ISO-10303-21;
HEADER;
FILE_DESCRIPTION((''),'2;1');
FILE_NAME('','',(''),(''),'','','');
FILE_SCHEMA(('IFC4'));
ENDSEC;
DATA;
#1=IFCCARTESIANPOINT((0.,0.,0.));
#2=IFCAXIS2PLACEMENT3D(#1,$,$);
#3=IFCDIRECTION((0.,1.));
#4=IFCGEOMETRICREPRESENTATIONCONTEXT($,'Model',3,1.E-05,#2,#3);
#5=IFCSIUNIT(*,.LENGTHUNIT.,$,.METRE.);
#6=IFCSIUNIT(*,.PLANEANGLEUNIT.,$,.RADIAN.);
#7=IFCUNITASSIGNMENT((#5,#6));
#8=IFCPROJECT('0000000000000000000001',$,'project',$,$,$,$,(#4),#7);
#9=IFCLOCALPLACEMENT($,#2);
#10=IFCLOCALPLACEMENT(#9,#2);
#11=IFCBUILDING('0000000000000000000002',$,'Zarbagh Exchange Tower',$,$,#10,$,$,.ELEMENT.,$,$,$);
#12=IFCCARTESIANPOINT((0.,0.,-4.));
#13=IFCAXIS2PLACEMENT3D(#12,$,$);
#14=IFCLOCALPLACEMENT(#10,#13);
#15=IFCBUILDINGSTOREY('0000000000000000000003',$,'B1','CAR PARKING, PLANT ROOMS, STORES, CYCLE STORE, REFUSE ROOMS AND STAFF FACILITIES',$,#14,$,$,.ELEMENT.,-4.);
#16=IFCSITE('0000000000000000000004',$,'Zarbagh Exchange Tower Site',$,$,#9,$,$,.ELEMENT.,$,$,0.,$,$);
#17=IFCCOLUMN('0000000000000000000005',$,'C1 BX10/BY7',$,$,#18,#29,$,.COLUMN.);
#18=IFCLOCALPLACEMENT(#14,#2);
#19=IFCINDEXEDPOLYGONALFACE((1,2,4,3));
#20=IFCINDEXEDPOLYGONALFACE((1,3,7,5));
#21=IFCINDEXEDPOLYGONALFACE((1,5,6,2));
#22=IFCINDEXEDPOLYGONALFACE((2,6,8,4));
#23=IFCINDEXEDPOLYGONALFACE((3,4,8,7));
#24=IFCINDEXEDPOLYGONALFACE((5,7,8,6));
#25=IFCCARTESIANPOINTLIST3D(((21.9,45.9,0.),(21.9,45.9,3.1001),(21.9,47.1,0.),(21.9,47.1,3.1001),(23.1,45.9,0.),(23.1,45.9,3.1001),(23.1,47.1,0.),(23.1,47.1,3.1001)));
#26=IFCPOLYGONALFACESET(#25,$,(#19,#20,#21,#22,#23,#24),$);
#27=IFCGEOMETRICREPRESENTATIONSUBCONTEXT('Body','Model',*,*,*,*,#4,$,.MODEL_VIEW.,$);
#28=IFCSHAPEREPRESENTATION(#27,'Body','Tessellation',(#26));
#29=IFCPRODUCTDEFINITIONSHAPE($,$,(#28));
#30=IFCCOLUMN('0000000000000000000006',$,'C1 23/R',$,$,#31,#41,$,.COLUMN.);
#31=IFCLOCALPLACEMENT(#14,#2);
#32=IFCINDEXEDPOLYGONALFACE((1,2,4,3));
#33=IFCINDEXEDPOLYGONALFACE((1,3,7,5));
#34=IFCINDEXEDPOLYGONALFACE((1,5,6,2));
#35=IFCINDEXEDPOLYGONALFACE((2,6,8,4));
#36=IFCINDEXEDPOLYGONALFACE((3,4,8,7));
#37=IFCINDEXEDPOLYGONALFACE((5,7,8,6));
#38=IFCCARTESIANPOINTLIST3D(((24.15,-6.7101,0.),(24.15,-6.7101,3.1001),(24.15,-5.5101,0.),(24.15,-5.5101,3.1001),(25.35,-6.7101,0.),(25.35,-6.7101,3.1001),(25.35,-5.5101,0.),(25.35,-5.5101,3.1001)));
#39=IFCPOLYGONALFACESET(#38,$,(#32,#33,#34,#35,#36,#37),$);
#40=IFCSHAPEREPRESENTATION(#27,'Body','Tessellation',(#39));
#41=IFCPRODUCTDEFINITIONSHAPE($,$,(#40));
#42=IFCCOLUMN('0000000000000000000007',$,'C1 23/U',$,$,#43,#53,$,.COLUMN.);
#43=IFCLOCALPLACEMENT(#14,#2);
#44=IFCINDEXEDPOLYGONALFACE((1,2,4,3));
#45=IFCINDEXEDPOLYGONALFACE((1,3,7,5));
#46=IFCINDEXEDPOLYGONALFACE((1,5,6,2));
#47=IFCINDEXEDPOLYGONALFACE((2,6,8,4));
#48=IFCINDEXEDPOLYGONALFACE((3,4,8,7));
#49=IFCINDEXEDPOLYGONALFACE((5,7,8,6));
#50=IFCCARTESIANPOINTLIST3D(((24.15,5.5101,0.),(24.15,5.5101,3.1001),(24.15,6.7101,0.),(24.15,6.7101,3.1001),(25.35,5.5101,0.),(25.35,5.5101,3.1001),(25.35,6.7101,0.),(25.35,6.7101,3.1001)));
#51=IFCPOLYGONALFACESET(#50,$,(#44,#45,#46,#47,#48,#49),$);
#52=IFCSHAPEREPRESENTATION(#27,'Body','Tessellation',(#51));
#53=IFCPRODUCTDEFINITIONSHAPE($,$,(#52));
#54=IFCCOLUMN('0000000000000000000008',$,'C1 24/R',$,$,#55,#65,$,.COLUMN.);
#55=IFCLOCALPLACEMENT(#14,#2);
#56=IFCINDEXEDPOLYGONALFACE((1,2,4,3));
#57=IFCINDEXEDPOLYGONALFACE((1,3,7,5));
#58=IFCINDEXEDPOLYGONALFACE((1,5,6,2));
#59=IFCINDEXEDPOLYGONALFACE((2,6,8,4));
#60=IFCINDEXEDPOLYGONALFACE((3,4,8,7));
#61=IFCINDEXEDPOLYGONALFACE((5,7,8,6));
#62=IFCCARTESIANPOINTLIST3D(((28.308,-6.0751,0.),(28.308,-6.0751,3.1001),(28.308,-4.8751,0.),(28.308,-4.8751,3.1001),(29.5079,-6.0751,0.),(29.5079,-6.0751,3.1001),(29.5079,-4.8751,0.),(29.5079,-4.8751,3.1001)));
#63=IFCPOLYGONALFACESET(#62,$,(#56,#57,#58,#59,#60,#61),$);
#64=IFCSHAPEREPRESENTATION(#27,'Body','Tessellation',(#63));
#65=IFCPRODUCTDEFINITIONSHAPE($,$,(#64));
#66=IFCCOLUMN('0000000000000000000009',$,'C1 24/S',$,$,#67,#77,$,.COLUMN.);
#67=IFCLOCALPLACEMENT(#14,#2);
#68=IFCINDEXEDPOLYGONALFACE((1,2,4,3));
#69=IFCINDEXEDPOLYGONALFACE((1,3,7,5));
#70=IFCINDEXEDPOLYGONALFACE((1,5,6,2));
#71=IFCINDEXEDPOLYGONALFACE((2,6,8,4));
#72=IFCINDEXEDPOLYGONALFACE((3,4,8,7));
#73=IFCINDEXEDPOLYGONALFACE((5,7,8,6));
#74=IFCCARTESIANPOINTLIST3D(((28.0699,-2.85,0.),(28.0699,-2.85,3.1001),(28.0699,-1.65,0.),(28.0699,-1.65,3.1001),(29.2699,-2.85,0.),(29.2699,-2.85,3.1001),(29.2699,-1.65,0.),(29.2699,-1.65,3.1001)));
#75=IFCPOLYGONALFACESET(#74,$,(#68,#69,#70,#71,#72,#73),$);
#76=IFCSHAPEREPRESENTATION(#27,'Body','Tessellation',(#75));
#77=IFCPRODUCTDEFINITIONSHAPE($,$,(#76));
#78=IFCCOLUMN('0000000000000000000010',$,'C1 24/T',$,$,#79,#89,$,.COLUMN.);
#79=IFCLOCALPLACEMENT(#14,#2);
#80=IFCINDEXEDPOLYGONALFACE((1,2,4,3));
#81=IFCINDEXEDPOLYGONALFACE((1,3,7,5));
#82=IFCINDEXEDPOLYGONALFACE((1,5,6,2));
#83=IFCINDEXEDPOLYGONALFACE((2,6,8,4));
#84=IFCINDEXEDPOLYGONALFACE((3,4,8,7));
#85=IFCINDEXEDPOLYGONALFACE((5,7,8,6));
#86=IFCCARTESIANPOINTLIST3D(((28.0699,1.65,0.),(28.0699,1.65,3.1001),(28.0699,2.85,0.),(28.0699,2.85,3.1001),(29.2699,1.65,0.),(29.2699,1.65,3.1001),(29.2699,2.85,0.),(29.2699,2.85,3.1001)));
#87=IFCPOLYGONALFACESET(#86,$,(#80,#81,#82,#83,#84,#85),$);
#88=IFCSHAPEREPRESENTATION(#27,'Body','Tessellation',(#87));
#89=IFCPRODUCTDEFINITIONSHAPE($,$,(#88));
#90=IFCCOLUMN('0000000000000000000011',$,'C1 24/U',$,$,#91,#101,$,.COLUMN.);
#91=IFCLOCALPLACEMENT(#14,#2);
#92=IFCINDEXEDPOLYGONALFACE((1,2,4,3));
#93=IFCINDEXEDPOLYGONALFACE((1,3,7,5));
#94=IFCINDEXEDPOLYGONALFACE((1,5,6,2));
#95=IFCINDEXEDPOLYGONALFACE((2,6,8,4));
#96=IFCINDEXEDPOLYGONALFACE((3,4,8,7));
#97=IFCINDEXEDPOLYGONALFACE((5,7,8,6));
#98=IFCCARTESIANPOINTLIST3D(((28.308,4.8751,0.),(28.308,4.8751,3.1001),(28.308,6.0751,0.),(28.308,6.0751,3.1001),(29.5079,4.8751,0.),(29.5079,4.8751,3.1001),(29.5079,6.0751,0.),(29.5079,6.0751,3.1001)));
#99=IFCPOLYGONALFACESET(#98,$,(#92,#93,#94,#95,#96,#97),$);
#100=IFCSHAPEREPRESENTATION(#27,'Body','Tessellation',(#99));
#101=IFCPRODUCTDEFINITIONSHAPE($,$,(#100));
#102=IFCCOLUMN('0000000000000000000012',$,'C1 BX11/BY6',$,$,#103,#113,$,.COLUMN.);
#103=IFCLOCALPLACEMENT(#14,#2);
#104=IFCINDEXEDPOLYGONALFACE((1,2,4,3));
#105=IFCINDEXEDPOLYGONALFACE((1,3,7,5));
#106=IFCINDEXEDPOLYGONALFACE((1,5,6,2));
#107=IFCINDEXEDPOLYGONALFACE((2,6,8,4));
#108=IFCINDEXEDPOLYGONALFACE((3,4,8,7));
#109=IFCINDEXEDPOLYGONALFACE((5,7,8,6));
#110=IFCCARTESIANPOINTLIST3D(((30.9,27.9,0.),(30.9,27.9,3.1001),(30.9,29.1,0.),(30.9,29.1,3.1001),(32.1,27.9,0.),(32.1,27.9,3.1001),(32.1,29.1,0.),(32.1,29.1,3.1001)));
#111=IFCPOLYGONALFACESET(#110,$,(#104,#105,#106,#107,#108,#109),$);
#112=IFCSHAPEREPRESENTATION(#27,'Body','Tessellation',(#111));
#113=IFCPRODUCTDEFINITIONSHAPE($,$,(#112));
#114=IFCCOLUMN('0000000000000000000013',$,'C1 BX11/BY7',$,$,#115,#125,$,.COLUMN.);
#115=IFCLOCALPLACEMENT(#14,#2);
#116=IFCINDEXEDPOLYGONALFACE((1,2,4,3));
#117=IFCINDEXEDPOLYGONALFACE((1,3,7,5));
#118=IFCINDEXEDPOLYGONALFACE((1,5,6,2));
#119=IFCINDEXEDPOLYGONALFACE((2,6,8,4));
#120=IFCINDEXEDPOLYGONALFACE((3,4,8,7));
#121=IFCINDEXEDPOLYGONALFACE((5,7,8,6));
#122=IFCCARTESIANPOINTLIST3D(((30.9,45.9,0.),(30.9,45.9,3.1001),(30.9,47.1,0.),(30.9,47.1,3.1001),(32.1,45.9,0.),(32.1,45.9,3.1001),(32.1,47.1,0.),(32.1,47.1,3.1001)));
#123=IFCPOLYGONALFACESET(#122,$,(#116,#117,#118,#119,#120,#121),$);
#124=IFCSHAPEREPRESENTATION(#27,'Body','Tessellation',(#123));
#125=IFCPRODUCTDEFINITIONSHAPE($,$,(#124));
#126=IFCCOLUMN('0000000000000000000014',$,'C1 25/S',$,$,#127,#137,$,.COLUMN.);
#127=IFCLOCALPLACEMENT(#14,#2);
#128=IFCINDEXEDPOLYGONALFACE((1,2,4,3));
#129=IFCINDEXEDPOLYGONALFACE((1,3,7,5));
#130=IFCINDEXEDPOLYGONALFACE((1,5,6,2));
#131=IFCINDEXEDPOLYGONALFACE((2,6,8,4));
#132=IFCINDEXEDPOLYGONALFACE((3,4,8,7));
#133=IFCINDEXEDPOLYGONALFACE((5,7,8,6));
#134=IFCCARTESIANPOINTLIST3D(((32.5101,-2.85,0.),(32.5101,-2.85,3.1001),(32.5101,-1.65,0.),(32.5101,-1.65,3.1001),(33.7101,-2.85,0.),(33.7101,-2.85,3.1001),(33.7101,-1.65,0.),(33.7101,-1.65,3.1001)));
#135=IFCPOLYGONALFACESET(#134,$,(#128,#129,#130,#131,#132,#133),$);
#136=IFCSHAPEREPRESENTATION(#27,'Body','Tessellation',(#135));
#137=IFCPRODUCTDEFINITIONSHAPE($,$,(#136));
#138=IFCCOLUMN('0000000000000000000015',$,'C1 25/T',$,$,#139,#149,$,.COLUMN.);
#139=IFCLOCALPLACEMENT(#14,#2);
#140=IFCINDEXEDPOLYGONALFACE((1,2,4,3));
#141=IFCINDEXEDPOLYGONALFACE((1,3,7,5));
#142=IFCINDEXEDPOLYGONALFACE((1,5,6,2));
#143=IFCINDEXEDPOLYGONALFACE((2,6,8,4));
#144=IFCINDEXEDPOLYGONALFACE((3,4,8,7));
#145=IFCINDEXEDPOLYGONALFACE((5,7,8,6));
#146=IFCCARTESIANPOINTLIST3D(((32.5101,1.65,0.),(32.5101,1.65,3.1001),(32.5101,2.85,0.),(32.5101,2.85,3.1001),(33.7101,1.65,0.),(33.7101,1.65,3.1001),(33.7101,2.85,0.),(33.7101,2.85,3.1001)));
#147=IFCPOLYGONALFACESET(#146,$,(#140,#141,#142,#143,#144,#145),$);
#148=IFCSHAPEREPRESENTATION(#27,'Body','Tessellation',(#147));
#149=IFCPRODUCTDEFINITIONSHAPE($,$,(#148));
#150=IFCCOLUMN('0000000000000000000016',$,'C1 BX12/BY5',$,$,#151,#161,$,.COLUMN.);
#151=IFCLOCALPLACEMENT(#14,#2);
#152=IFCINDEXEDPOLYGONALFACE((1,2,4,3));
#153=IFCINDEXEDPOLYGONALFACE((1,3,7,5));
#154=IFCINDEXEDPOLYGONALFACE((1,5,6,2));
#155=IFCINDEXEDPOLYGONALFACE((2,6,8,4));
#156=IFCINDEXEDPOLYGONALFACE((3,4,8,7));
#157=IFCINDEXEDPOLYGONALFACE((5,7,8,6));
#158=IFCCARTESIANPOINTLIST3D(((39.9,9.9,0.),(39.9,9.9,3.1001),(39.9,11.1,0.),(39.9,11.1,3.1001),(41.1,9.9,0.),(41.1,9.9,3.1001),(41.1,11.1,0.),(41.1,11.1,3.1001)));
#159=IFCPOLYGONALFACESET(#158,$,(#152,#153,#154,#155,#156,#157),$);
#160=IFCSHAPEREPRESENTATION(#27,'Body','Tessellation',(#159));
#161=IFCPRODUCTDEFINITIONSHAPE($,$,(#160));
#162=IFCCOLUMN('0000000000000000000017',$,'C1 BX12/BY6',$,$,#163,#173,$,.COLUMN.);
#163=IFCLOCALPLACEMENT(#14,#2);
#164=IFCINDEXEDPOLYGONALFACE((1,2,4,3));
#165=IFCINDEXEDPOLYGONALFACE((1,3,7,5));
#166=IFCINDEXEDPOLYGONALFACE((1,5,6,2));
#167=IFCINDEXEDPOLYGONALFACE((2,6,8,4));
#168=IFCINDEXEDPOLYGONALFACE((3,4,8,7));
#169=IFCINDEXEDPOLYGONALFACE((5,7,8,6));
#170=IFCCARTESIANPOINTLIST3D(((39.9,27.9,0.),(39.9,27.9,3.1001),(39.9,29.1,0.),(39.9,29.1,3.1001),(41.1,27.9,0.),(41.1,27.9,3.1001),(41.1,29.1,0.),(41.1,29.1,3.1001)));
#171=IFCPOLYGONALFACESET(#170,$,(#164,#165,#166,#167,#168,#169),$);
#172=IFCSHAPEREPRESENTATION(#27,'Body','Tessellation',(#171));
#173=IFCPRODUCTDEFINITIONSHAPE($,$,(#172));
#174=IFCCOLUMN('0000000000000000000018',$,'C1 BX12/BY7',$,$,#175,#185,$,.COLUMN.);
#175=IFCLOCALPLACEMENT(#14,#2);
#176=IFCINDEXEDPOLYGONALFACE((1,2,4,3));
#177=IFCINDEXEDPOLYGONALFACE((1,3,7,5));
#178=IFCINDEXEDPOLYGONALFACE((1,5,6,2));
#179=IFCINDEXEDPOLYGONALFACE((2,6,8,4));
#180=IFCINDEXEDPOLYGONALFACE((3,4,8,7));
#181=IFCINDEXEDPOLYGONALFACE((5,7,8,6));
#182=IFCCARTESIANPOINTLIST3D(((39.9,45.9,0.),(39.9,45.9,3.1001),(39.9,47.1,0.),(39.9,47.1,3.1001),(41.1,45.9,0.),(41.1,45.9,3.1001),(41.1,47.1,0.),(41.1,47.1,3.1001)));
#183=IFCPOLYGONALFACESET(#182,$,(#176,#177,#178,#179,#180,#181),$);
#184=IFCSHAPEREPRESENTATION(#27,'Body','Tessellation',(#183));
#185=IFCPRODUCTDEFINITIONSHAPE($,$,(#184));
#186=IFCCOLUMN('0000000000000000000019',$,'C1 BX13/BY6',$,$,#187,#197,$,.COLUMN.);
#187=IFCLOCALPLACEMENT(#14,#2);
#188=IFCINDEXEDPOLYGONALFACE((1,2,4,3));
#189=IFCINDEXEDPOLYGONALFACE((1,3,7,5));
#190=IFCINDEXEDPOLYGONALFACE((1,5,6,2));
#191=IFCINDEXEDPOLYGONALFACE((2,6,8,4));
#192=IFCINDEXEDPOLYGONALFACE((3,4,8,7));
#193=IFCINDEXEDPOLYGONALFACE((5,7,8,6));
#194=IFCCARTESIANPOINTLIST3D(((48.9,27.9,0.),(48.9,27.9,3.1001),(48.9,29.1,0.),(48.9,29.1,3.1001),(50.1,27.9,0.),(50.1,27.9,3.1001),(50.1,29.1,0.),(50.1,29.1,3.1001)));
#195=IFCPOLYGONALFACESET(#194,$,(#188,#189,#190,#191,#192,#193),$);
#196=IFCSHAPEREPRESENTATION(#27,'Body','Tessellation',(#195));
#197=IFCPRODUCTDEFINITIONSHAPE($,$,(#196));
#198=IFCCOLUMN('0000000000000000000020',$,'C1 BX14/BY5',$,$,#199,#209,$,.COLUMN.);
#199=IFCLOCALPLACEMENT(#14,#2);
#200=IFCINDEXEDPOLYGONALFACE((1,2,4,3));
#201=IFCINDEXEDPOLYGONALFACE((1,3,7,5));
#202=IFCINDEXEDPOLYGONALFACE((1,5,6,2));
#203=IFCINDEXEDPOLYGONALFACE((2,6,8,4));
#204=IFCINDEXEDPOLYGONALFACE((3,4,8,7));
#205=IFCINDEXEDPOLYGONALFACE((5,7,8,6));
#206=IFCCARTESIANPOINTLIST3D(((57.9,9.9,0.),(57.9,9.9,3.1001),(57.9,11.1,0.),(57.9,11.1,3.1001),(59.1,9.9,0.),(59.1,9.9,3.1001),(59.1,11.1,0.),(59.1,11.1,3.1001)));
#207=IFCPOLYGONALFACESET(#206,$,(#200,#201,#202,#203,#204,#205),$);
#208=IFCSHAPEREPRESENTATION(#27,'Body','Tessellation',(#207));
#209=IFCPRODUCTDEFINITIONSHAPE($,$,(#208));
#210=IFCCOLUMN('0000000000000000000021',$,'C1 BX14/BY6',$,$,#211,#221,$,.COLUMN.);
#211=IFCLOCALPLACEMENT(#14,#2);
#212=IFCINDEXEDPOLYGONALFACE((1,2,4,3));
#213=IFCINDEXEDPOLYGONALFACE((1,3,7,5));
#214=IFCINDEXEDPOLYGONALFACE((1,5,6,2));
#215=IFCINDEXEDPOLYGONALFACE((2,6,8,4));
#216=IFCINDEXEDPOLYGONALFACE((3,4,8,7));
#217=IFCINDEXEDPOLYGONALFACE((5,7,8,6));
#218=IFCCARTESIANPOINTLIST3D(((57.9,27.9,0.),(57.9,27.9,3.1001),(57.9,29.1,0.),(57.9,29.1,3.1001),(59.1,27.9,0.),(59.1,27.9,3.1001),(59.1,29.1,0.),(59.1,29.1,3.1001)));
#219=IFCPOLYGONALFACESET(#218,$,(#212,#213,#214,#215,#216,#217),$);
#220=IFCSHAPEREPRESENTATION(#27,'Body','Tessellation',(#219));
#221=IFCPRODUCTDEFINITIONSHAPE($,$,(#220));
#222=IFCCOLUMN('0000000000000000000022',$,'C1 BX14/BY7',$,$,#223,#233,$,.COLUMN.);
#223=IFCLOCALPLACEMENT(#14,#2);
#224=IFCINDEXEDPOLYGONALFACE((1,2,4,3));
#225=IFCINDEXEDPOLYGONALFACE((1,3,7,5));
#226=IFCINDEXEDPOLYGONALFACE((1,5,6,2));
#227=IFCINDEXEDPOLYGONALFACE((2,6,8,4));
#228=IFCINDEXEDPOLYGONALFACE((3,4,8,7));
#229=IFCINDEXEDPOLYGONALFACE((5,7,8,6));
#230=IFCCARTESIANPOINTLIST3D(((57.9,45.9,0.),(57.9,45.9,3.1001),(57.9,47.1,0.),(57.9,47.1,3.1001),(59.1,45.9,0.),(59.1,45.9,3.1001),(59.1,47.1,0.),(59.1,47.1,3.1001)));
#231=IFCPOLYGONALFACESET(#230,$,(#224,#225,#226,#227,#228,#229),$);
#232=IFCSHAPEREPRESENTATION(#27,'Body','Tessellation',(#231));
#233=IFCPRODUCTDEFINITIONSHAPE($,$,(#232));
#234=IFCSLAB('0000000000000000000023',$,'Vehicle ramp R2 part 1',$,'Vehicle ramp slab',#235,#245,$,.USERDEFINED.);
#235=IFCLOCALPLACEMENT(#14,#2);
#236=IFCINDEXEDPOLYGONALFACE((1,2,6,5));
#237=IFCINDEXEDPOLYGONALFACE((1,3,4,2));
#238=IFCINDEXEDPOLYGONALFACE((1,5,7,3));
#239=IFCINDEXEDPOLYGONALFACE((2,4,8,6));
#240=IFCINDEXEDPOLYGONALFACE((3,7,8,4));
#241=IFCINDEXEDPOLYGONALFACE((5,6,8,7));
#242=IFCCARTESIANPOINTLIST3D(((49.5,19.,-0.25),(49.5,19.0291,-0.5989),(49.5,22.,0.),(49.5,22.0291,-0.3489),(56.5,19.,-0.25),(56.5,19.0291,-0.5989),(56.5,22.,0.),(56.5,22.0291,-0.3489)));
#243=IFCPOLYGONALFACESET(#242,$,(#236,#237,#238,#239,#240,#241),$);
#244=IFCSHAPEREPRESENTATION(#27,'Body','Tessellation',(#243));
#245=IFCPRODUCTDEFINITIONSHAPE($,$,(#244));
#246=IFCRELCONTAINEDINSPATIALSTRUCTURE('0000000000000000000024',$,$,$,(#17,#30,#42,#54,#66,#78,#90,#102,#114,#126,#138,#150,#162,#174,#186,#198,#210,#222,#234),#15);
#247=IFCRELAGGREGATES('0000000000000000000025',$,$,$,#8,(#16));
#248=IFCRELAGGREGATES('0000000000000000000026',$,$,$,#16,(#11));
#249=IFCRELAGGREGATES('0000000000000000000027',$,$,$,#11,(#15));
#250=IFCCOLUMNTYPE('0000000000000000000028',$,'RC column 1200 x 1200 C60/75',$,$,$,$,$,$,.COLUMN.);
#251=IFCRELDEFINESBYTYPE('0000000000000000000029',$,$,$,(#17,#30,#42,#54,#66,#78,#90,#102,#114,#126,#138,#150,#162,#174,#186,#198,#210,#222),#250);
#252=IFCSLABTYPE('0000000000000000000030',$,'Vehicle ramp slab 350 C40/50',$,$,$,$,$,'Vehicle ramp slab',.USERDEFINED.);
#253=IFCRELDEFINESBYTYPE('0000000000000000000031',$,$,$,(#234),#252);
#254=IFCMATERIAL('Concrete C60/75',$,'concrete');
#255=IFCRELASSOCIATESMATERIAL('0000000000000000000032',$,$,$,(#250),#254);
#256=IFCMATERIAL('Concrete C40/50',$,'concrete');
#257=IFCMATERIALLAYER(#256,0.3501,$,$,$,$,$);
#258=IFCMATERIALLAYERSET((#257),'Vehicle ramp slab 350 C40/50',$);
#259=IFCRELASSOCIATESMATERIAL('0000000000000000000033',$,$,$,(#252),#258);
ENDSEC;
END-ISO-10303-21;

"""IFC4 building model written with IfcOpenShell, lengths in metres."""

from ifc_helpers import new_model, si_unit, direction, frame, origin, origin_2d, place, context, subcontext, project, spatial, polyline, rectangle, outline, extrude, material, layer, layer_set, material_profile, profile_set, type_object, element, save


model = new_model("IFC4")

# Units and contexts
model_context = context("Model", 3, precision=1e-05, world=origin(), true_north=direction((0.0, 1.0)))
body_context = subcontext(model_context, "Body", "Model", "MODEL_VIEW")
ifc_project = project(units=[si_unit("LENGTHUNIT", "METRE"), si_unit("PLANEANGLEUNIT", "RADIAN")], contexts=[model_context])

# Site, building, storey
site_placement = place(None, origin())
site = spatial("IfcSite", under=ifc_project, at=site_placement, Name="Zarbagh Exchange Tower Site", CompositionType="ELEMENT", RefElevation=0.0)
building_placement = place(site_placement, origin())
building = spatial("IfcBuilding", under=site, at=building_placement, Name="Zarbagh Exchange Tower", CompositionType="ELEMENT")
storey_placement = place(building_placement, frame((0.0, 0.0, -4.0)))
storey = spatial("IfcBuildingStorey", under=building, at=storey_placement, Name="B1", Description="CAR PARKING, PLANT ROOMS, STORES, CYCLE STORE, REFUSE ROOMS AND STAFF FACILITIES", CompositionType="ELEMENT", Elevation=-4.0)

# Columns
ifc_material_1 = material(Name="Concrete C60/75", Category="concrete")
ifc_material_profile = material_profile(ifc_material_1, rectangle(XDim=1.2, YDim=1.2, at=origin_2d()), Name="RC column 1200 x 1200 C60/75")
ifc_profile_set = profile_set([ifc_material_profile], Name="Concrete C60/75")
column_type = type_object("IfcColumnType", Name="RC column 1200 x 1200 C60/75", PredefinedType="COLUMN", material=ifc_profile_set)
for number, where, z_axis, x_axis, name in (
    (1, (22.5, 46.5, 0.0), (0.0, 0.0, 1.0), (1.0, 0.0, 0.0), "C1 BX10/BY7"),
    (2, (24.75, -6.1101, 0.0), (0.0, 0.0, 1.0), (1.0, 0.0, 0.0), "C1 23/R"),
    (3, (24.75, 6.1101, 0.0), (0.0, 0.0, 1.0), (1.0, 0.0, 0.0), "C1 23/U"),
    (4, (28.908, -5.4751, 0.0), (0.0, 0.0, 1.0), (1.0, 0.0, 0.0), "C1 24/R"),
    (5, (28.6699, -2.25, 0.0), (0.0, 0.0, 1.0), (1.0, 0.0, 0.0), "C1 24/S"),
    (6, (28.6699, 2.25, 0.0), (0.0, 0.0, 1.0), (1.0, 0.0, 0.0), "C1 24/T"),
    (7, (28.908, 5.4751, 0.0), (0.0, 0.0, 1.0), (1.0, 0.0, 0.0), "C1 24/U"),
    (8, (31.5, 28.5, 0.0), (0.0, 0.0, 1.0), (1.0, 0.0, 0.0), "C1 BX11/BY6"),
    (9, (31.5, 46.5, 0.0), (0.0, 0.0, 1.0), (1.0, 0.0, 0.0), "C1 BX11/BY7"),
    (10, (33.1101, -2.25, 0.0), (0.0, 0.0, 1.0), (1.0, 0.0, 0.0), "C1 25/S"),
    (11, (33.1101, 2.25, 0.0), (0.0, 0.0, 1.0), (1.0, 0.0, 0.0), "C1 25/T"),
    (12, (40.5, 10.5, 0.0), (0.0, 0.0, 1.0), (1.0, 0.0, 0.0), "C1 BX12/BY5"),
    (13, (40.5, 28.5, 0.0), (0.0, 0.0, 1.0), (1.0, 0.0, 0.0), "C1 BX12/BY6"),
    (14, (40.5, 46.5, 0.0), (0.0, 0.0, 1.0), (1.0, 0.0, 0.0), "C1 BX12/BY7"),
    (15, (49.5, 28.5, 0.0), (0.0, 0.0, 1.0), (1.0, 0.0, 0.0), "C1 BX13/BY6"),
    (16, (58.5, 10.5, 0.0), (0.0, 0.0, 1.0), (1.0, 0.0, 0.0), "C1 BX14/BY5"),
    (17, (58.5, 28.5, 0.0), (0.0, 0.0, 1.0), (1.0, 0.0, 0.0), "C1 BX14/BY6"),
    (18, (58.5, 46.5, 0.0), (0.0, 0.0, 1.0), (1.0, 0.0, 0.0), "C1 BX14/BY7"),
):
    element("IfcColumn", number, at=place(storey_placement, frame(where, z_axis=z_axis, x_axis=x_axis)), inside=storey, type_object=column_type, Name=name, PredefinedType="COLUMN", context=body_context, shape_type="SweptSolid", body=[
        extrude(rectangle(XDim=1.2, YDim=1.2, at=origin_2d()), origin(), (0.0, 0.0, 1.0), 3.1001),
    ])

# Slab
ifc_material_2 = material(Name="Concrete C40/50", Category="concrete")
ifc_layer_1 = layer(ifc_material_2, 0.3501)
ifc_layer_set_1 = layer_set([ifc_layer_1], Name="Vehicle ramp slab 350 C40/50")
slab_type = type_object("IfcSlabType", Name="Vehicle ramp slab 350 C40/50", ElementType="Vehicle ramp slab", PredefinedType="USERDEFINED", material=ifc_layer_set_1)
slab_1_placement = place(storey_placement, frame((49.5, 19.0, -0.25), z_axis=(0.0, -0.083045, 0.996546), x_axis=(1.0, 0.0, 0.0)))
element("IfcSlab", 19, at=slab_1_placement, inside=storey, type_object=slab_type, Name="Vehicle ramp R2 part 1", ObjectType="Vehicle ramp slab", PredefinedType="USERDEFINED", context=body_context, shape_type="SweptSolid", body=[
    extrude(outline(polyline([(0.0, 0.0), (7.0, 0.0), (7.0, 3.0104), (0.0, 3.0104), (0.0, 0.0)])), origin(), (0.0, 0.0, -1.0), 0.3501),
])

save(model, "model.ifc")
